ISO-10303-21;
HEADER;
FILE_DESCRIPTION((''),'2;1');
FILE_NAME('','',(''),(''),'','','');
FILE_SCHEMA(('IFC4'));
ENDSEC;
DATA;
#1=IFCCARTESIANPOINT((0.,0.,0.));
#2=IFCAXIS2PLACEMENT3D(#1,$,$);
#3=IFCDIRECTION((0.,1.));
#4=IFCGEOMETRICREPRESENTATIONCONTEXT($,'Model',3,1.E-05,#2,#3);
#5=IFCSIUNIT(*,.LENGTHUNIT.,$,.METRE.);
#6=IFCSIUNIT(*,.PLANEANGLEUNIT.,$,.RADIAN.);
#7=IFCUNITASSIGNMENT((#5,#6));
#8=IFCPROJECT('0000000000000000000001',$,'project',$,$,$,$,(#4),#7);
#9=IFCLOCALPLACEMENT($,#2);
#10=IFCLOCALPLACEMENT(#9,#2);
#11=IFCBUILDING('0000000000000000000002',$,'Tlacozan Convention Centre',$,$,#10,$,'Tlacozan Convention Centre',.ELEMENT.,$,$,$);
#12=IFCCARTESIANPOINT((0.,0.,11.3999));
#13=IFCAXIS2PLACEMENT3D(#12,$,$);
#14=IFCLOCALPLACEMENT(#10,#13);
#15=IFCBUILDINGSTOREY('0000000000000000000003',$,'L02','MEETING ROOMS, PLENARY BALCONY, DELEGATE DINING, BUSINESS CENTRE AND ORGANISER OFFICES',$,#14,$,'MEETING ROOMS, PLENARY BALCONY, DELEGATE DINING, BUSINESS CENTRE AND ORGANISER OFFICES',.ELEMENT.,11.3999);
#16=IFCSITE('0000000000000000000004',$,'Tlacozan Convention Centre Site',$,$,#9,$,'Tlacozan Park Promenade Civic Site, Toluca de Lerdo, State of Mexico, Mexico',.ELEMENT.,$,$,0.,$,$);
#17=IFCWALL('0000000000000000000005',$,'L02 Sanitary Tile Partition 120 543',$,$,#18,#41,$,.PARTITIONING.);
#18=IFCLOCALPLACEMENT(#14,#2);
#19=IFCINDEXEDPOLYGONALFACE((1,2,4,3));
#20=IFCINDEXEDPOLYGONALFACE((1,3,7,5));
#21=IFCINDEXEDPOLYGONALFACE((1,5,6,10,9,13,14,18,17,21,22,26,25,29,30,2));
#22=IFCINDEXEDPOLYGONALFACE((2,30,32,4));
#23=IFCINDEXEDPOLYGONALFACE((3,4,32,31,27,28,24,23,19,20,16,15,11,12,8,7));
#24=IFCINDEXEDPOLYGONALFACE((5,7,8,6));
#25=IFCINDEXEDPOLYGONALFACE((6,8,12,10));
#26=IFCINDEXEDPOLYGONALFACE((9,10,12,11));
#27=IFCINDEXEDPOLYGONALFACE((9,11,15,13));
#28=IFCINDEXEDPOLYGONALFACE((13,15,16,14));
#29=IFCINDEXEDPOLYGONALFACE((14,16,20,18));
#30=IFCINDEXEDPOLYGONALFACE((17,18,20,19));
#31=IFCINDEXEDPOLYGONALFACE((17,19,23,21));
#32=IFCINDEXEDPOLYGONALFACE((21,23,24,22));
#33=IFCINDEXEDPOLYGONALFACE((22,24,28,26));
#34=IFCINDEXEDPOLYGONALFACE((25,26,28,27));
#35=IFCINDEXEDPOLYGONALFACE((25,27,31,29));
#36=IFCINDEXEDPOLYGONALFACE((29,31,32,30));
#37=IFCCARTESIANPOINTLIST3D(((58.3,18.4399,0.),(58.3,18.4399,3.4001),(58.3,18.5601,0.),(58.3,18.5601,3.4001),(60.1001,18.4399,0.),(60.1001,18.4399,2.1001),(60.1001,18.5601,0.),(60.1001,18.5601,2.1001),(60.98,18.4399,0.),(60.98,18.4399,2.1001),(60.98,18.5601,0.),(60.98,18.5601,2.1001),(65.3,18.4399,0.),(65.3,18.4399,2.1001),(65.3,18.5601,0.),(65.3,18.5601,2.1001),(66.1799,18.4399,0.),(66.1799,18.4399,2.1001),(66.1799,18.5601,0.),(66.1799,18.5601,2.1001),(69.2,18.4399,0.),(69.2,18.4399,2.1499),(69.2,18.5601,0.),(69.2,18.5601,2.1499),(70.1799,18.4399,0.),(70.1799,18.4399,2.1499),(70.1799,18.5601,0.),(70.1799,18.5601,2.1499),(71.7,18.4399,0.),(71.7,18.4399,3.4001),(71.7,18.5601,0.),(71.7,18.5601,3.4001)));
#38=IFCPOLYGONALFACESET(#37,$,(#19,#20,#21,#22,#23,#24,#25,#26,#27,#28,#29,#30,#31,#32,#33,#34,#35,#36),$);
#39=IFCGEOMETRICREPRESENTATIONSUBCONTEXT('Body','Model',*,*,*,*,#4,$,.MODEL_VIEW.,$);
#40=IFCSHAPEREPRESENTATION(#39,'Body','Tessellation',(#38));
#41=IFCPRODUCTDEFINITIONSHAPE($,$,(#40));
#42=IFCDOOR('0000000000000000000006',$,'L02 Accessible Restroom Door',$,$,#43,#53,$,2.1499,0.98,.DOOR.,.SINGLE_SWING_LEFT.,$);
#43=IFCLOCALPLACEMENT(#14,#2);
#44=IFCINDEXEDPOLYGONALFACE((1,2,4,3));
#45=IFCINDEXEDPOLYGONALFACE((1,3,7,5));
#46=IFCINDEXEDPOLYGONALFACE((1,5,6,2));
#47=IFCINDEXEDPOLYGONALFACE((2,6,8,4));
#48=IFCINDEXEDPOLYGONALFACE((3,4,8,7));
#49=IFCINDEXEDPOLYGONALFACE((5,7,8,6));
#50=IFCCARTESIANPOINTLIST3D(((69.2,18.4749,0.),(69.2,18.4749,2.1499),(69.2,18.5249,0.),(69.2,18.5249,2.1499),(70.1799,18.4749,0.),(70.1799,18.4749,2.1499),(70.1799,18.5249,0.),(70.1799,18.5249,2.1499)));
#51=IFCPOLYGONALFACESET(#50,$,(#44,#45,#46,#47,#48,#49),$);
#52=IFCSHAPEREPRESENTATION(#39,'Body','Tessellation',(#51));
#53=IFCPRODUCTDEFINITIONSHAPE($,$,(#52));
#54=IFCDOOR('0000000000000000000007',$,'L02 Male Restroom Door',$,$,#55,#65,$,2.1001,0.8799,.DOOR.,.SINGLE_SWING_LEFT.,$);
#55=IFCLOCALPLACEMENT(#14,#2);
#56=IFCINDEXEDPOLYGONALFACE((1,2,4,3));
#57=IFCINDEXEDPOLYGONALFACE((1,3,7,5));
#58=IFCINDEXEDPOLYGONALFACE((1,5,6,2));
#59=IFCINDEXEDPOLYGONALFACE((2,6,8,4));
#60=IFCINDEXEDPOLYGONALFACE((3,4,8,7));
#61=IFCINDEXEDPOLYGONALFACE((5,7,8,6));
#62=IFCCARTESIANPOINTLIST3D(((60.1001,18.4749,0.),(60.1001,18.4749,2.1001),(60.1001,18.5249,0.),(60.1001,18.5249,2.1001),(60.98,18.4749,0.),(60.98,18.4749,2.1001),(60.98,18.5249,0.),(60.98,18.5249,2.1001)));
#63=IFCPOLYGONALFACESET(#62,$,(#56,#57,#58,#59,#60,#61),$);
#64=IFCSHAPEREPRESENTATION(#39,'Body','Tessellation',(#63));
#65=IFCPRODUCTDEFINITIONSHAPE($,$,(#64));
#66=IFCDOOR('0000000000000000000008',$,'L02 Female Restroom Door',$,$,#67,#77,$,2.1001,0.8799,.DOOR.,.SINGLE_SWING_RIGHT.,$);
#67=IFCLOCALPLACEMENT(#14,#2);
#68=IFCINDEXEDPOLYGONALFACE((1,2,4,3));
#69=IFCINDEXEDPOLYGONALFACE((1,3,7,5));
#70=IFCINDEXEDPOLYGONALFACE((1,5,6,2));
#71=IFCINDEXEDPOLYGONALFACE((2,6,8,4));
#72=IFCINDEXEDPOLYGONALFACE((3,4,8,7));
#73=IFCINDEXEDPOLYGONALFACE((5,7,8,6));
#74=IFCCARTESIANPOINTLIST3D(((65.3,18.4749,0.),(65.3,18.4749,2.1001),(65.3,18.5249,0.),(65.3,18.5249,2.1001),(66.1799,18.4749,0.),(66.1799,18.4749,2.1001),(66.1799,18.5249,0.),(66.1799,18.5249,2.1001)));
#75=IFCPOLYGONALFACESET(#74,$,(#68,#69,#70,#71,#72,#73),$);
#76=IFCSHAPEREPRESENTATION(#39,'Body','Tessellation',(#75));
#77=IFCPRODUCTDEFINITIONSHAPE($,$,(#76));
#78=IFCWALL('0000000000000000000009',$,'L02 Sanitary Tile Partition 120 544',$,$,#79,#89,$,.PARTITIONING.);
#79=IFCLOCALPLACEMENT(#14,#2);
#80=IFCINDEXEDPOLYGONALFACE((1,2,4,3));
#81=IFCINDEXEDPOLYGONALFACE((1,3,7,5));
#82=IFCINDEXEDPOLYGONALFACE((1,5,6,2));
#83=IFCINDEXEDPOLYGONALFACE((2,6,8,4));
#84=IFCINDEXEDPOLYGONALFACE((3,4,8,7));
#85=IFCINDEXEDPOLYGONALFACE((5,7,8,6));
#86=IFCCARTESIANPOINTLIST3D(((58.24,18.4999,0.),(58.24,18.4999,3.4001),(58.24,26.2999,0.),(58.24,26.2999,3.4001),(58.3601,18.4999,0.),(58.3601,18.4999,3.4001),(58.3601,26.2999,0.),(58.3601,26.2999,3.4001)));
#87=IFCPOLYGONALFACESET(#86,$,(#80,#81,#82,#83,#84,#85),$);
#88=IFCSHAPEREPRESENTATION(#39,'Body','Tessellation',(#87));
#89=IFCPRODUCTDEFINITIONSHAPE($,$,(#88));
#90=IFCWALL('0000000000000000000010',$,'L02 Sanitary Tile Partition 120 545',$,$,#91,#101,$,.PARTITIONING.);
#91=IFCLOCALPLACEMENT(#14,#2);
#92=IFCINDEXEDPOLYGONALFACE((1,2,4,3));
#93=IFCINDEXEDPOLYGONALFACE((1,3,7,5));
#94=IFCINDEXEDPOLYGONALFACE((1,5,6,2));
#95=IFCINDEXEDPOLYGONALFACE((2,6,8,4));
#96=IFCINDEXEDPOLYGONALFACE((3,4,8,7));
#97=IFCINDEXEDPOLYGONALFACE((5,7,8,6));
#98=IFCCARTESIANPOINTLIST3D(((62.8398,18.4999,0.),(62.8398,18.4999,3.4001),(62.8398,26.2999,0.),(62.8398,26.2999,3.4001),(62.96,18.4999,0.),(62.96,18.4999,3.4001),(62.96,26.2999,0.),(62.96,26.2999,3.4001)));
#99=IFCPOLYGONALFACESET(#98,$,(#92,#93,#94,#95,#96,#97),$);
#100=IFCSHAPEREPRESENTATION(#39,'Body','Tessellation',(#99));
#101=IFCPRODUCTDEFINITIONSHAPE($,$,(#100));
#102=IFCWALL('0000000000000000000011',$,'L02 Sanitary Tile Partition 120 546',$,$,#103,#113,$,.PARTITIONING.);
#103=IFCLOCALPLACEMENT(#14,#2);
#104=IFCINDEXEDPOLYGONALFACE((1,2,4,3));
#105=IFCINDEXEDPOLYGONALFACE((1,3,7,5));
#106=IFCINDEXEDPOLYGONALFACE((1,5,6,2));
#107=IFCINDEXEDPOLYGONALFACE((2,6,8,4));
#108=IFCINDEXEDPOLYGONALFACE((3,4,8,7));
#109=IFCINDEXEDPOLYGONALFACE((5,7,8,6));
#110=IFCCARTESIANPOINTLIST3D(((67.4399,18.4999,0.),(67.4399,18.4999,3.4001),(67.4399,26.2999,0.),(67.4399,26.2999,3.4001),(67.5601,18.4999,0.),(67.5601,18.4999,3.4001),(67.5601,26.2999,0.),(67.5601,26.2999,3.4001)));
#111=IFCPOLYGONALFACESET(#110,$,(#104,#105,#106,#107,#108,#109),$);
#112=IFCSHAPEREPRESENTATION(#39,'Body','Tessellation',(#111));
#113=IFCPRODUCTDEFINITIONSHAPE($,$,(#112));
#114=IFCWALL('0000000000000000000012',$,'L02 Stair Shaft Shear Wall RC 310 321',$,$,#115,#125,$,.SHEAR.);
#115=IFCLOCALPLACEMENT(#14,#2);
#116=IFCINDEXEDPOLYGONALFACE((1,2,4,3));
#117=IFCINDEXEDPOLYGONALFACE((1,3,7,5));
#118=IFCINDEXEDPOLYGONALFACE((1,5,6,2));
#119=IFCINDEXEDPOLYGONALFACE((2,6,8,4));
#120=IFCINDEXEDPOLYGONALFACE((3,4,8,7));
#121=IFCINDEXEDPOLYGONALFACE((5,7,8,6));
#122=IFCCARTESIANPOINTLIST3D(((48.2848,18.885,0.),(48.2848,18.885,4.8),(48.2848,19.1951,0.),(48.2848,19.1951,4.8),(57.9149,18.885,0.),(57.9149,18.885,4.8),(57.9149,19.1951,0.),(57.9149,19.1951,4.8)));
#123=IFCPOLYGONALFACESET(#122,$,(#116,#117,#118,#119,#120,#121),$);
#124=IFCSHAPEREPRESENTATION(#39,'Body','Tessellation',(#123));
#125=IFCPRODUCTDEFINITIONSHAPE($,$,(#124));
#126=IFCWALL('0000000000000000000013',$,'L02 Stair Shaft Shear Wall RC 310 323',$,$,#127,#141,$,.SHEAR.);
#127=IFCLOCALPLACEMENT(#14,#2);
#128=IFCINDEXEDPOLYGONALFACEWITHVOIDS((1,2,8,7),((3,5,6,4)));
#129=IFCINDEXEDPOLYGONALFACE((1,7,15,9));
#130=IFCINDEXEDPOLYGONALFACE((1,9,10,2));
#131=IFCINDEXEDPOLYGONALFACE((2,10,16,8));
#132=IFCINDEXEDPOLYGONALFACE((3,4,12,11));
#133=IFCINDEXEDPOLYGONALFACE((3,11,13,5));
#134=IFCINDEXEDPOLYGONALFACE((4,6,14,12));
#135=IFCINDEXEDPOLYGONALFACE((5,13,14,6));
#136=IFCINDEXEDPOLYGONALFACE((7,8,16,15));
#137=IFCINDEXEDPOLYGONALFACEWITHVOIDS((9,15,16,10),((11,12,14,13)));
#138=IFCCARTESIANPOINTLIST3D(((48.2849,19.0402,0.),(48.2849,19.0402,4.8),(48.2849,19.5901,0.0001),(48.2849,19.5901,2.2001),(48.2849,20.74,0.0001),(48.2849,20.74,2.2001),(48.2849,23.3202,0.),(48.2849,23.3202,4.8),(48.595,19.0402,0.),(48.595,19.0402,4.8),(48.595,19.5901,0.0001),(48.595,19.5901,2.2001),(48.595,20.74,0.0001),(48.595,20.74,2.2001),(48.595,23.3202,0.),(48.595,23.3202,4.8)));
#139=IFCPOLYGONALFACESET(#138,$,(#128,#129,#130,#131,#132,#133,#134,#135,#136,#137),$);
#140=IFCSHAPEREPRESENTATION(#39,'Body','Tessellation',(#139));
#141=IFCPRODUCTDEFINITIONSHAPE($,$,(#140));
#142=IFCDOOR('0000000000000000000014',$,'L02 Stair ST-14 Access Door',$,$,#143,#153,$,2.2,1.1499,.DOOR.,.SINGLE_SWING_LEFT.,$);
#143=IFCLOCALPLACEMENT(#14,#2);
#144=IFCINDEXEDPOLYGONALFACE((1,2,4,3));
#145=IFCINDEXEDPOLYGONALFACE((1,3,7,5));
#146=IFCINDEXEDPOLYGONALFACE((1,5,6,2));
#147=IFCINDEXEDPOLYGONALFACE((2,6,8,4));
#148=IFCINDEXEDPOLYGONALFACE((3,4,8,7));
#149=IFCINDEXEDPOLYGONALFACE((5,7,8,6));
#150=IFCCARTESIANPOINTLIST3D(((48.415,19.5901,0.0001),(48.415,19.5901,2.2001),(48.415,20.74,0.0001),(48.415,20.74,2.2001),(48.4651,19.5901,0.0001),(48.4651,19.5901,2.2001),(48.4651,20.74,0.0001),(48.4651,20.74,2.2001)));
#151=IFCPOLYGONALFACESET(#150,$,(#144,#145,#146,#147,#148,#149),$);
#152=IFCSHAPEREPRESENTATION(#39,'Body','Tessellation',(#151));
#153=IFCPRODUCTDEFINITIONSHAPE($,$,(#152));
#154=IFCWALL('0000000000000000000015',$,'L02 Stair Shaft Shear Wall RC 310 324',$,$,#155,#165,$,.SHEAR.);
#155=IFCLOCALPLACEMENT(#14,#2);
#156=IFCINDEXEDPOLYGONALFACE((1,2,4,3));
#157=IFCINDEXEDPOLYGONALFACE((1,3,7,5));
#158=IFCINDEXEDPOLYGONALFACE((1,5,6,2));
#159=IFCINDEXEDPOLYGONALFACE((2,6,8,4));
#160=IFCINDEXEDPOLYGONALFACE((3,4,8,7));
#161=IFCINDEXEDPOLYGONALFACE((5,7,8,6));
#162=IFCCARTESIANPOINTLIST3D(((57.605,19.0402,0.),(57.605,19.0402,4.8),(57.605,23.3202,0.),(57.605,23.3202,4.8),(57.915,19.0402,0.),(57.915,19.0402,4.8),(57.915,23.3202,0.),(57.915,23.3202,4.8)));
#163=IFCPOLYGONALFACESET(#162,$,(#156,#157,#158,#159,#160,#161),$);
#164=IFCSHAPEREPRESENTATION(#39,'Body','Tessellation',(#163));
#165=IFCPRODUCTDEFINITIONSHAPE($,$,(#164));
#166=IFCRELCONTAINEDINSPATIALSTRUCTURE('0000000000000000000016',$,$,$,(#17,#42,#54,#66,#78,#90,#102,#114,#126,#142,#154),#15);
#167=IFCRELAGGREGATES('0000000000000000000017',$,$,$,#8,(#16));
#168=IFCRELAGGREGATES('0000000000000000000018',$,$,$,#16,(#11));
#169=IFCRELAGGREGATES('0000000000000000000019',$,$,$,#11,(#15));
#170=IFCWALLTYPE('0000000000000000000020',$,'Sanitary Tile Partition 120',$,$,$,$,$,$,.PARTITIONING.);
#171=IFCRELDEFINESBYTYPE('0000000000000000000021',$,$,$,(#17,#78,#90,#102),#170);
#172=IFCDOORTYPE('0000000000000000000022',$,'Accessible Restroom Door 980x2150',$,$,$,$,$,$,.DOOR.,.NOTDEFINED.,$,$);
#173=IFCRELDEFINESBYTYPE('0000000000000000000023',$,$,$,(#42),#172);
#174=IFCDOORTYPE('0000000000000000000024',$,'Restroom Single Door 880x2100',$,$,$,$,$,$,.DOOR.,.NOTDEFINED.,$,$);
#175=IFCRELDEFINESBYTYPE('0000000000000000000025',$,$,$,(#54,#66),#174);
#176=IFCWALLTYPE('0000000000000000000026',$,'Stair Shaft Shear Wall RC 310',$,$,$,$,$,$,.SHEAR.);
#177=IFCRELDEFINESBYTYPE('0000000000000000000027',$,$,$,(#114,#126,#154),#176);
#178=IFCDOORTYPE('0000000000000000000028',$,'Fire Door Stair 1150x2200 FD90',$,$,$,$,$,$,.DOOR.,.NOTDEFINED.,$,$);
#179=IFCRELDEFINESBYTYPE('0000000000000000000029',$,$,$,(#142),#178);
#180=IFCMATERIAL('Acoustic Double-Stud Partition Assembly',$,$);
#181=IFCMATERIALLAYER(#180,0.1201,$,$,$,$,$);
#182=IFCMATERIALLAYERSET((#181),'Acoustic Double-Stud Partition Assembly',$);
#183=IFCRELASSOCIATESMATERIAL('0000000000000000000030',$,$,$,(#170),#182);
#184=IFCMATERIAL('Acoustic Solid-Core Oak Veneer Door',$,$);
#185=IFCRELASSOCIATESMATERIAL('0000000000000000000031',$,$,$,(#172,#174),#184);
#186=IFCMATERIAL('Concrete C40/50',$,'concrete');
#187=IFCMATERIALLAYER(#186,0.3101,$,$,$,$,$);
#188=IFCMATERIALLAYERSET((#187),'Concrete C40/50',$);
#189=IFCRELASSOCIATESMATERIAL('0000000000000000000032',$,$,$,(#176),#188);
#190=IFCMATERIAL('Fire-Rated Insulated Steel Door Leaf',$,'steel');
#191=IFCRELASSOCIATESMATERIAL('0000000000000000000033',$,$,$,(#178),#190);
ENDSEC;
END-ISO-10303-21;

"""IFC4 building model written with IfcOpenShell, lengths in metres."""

from ifc_helpers import new_model, si_unit, direction, frame, frame_2d, origin, place, context, subcontext, project, spatial, rectangle, extrude, material, layer, layer_set, type_object, element, fill, save


model = new_model("IFC4")

# Units and contexts
model_context = context("Model", 3, precision=1e-05, world=origin(), true_north=direction((0.0, 1.0)))
body_context = subcontext(model_context, "Body", "Model", "MODEL_VIEW")
ifc_project = project(units=[si_unit("LENGTHUNIT", "METRE"), si_unit("PLANEANGLEUNIT", "RADIAN")], contexts=[model_context])

# Site, building, storey
site_placement = place(None, origin())
site = spatial("IfcSite", under=ifc_project, at=site_placement, Name="Tlacozan Convention Centre Site", LongName="Tlacozan Park Promenade Civic Site, Toluca de Lerdo, State of Mexico, Mexico", CompositionType="ELEMENT", RefElevation=0.0)
building_placement = place(site_placement, origin())
building = spatial("IfcBuilding", under=site, at=building_placement, Name="Tlacozan Convention Centre", LongName="Tlacozan Convention Centre", CompositionType="ELEMENT")
storey_placement = place(building_placement, frame((0.0, 0.0, 11.3999)))
storey = spatial("IfcBuildingStorey", under=building, at=storey_placement, Name="L02", Description="MEETING ROOMS, PLENARY BALCONY, DELEGATE DINING, BUSINESS CENTRE AND ORGANISER OFFICES", LongName="MEETING ROOMS, PLENARY BALCONY, DELEGATE DINING, BUSINESS CENTRE AND ORGANISER OFFICES", CompositionType="ELEMENT", Elevation=11.3999)

# Shared definitions
ifc_material_1 = material(Name="Concrete C40/50", Category="concrete")

# Wall, openings, doors
ifc_material_2 = material(Name="Acoustic Double-Stud Partition Assembly")
ifc_layer_1 = layer(ifc_material_2, 0.1201)
ifc_layer_set_1 = layer_set([ifc_layer_1], Name="Acoustic Double-Stud Partition Assembly")
wall_type_1 = type_object("IfcWallType", Name="Sanitary Tile Partition 120", PredefinedType="PARTITIONING", material=ifc_layer_set_1)
wall_1_placement = place(storey_placement, frame((58.3, 18.5, 0.0), z_axis=(0.0, 0.0, 1.0), x_axis=(1.0, 0.0, 0.0)))
wall_1 = element("IfcWall", 1, at=wall_1_placement, inside=storey, type_object=wall_type_1, Name="L02 Sanitary Tile Partition 120 543", PredefinedType="PARTITIONING", context=body_context, shape_type="SweptSolid", body=[
    extrude(rectangle(XDim=13.3999, YDim=0.1201, at=frame_2d((6.7, 0.0))), origin(), (0.0, 0.0, 1.0), 3.4001),
])
opening_1_placement = place(wall_1_placement, frame((1.8, 0.0, 0.0)))
opening_1 = element("IfcOpeningElement", 2, at=opening_1_placement, cuts=wall_1, PredefinedType="OPENING", context=body_context, shape_type="SweptSolid", body=[
    extrude(rectangle(XDim=0.8799, YDim=2.1001, at=frame_2d((0.4399, 1.05))), frame((0.0, 0.0701, 0.0), z_axis=(0.0, -1.0, 0.0), x_axis=(1.0, 0.0, 0.0)), (0.0, 0.0, 1.0), 0.1401),
])
opening_2_placement = place(wall_1_placement, frame((7.0, 0.0, 0.0)))
opening_2 = element("IfcOpeningElement", 3, at=opening_2_placement, cuts=wall_1, PredefinedType="OPENING", context=body_context, shape_type="SweptSolid", body=[
    extrude(rectangle(XDim=0.8799, YDim=2.1001, at=frame_2d((0.4399, 1.05))), frame((0.0, 0.0701, 0.0), z_axis=(0.0, -1.0, 0.0), x_axis=(1.0, 0.0, 0.0)), (0.0, 0.0, 1.0), 0.1401),
])
opening_3_placement = place(wall_1_placement, frame((10.8999, 0.0, 0.0)))
opening_3 = element("IfcOpeningElement", 4, at=opening_3_placement, cuts=wall_1, PredefinedType="OPENING", context=body_context, shape_type="SweptSolid", body=[
    extrude(rectangle(XDim=0.98, YDim=2.1499, at=frame_2d((0.49, 1.075))), frame((0.0, 0.0701, 0.0), z_axis=(0.0, -1.0, 0.0), x_axis=(1.0, 0.0, 0.0)), (0.0, 0.0, 1.0), 0.1401),
])
ifc_material_3 = material(Name="Acoustic Solid-Core Oak Veneer Door")
door_type_1 = type_object("IfcDoorType", Name="Accessible Restroom Door 980x2150", OperationType="NOTDEFINED", PredefinedType="DOOR", material=ifc_material_3)
door_1_placement = place(opening_3_placement, origin())
door_1 = element("IfcDoor", 5, at=door_1_placement, inside=storey, type_object=door_type_1, Name="L02 Accessible Restroom Door", OperationType="SINGLE_SWING_LEFT", OverallHeight=2.1499, OverallWidth=0.98, PredefinedType="DOOR", context=body_context, shape_type="SweptSolid", body=[
    extrude(rectangle(XDim=0.98, YDim=2.1499, at=frame_2d((0.49, 1.075))), frame((0.0, 0.0249, 0.0), z_axis=(0.0, -1.0, 0.0), x_axis=(1.0, 0.0, 0.0)), (0.0, 0.0, 1.0), 0.05),
])
fill(opening_3, door_1)
door_type_2 = type_object("IfcDoorType", Name="Restroom Single Door 880x2100", OperationType="NOTDEFINED", PredefinedType="DOOR", material=ifc_material_3)
door_2_placement = place(opening_1_placement, origin())
door_2 = element("IfcDoor", 6, at=door_2_placement, inside=storey, type_object=door_type_2, Name="L02 Male Restroom Door", OperationType="SINGLE_SWING_LEFT", OverallHeight=2.1001, OverallWidth=0.8799, PredefinedType="DOOR", context=body_context, shape_type="SweptSolid", body=[
    extrude(rectangle(XDim=0.8799, YDim=2.1001, at=frame_2d((0.4399, 1.05))), frame((0.0, 0.0249, 0.0), z_axis=(0.0, -1.0, 0.0), x_axis=(1.0, 0.0, 0.0)), (0.0, 0.0, 1.0), 0.05),
])
fill(opening_1, door_2)
door_3_placement = place(opening_2_placement, origin())
door_3 = element("IfcDoor", 7, at=door_3_placement, inside=storey, type_object=door_type_2, Name="L02 Female Restroom Door", OperationType="SINGLE_SWING_RIGHT", OverallHeight=2.1001, OverallWidth=0.8799, PredefinedType="DOOR", context=body_context, shape_type="SweptSolid", body=[
    extrude(rectangle(XDim=0.8799, YDim=2.1001, at=frame_2d((0.4399, 1.05))), frame((0.0, 0.0249, 0.0), z_axis=(0.0, -1.0, 0.0), x_axis=(1.0, 0.0, 0.0)), (0.0, 0.0, 1.0), 0.05),
])
fill(opening_2, door_3)

# Walls
for number, where, z_axis, x_axis, name in (
    (8, (58.3, 18.5, 0.0), (0.0, 0.0, 1.0), (0.0, 1.0, 0.0), "L02 Sanitary Tile Partition 120 544"),
    (9, (62.8999, 18.5, 0.0), (0.0, 0.0, 1.0), (0.0, 1.0, 0.0), "L02 Sanitary Tile Partition 120 545"),
    (10, (67.5, 18.5, 0.0), (0.0, 0.0, 1.0), (0.0, 1.0, 0.0), "L02 Sanitary Tile Partition 120 546"),
):
    element("IfcWall", number, at=place(storey_placement, frame(where, z_axis=z_axis, x_axis=x_axis)), inside=storey, type_object=wall_type_1, Name=name, PredefinedType="PARTITIONING", context=body_context, shape_type="SweptSolid", body=[
        extrude(rectangle(XDim=7.8, YDim=0.1201, at=frame_2d((3.8999, 0.0))), origin(), (0.0, 0.0, 1.0), 3.4001),
    ])
ifc_layer_2 = layer(ifc_material_1, 0.3101)
ifc_layer_set_2 = layer_set([ifc_layer_2], Name="Concrete C40/50")
wall_type_2 = type_object("IfcWallType", Name="Stair Shaft Shear Wall RC 310", PredefinedType="SHEAR", material=ifc_layer_set_2)
wall_2_placement = place(storey_placement, frame((48.2849, 19.04, 0.0), z_axis=(0.0, 0.0, 1.0), x_axis=(1.0, 0.0, 0.0)))
element("IfcWall", 11, at=wall_2_placement, inside=storey, type_object=wall_type_2, Name="L02 Stair Shaft Shear Wall RC 310 321", PredefinedType="SHEAR", context=body_context, shape_type="SweptSolid", body=[
    extrude(rectangle(XDim=9.6301, YDim=0.3101, at=frame_2d((4.8149, 0.0))), origin(), (0.0, 0.0, 1.0), 4.8),
])

# Wall, opening, door
wall_3_placement = place(storey_placement, frame((48.4399, 19.04, 0.0), z_axis=(0.0, 0.0, 1.0), x_axis=(0.0, 1.0, 0.0)))
wall_3 = element("IfcWall", 12, at=wall_3_placement, inside=storey, type_object=wall_type_2, Name="L02 Stair Shaft Shear Wall RC 310 323", PredefinedType="SHEAR", context=body_context, shape_type="SweptSolid", body=[
    extrude(rectangle(XDim=4.28, YDim=0.3101, at=frame_2d((2.1401, 0.0))), origin(), (0.0, 0.0, 1.0), 4.8),
])
opening_4_placement = place(wall_3_placement, frame((0.55, 0.0, 0.0)))
opening_4 = element("IfcOpeningElement", 13, at=opening_4_placement, cuts=wall_3, PredefinedType="OPENING", context=body_context, shape_type="SweptSolid", body=[
    extrude(rectangle(XDim=1.1499, YDim=2.2, at=frame_2d((0.575, 1.1001))), frame((0.0, 0.165, 0.0), z_axis=(0.0, -1.0, 0.0), x_axis=(1.0, 0.0, 0.0)), (0.0, 0.0, 1.0), 0.3301),
])
ifc_material_4 = material(Name="Fire-Rated Insulated Steel Door Leaf", Category="steel")
door_type_3 = type_object("IfcDoorType", Name="Fire Door Stair 1150x2200 FD90", OperationType="NOTDEFINED", PredefinedType="DOOR", material=ifc_material_4)
door_4_placement = place(opening_4_placement, origin())
door_4 = element("IfcDoor", 14, at=door_4_placement, inside=storey, type_object=door_type_3, Name="L02 Stair ST-14 Access Door", OperationType="SINGLE_SWING_LEFT", OverallHeight=2.2, OverallWidth=1.1499, PredefinedType="DOOR", context=body_context, shape_type="SweptSolid", body=[
    extrude(rectangle(XDim=1.1499, YDim=2.2, at=frame_2d((0.575, 1.1001))), frame((0.0, 0.0249, 0.0), z_axis=(0.0, -1.0, 0.0), x_axis=(1.0, 0.0, 0.0)), (0.0, 0.0, 1.0), 0.05),
])
fill(opening_4, door_4)

# Wall
wall_4_placement = place(storey_placement, frame((57.76, 19.04, 0.0), z_axis=(0.0, 0.0, 1.0), x_axis=(0.0, 1.0, 0.0)))
element("IfcWall", 15, at=wall_4_placement, inside=storey, type_object=wall_type_2, Name="L02 Stair Shaft Shear Wall RC 310 324", PredefinedType="SHEAR", context=body_context, shape_type="SweptSolid", body=[
    extrude(rectangle(XDim=4.28, YDim=0.3101, at=frame_2d((2.1401, 0.0))), origin(), (0.0, 0.0, 1.0), 4.8),
])

save(model, "model.ifc")
